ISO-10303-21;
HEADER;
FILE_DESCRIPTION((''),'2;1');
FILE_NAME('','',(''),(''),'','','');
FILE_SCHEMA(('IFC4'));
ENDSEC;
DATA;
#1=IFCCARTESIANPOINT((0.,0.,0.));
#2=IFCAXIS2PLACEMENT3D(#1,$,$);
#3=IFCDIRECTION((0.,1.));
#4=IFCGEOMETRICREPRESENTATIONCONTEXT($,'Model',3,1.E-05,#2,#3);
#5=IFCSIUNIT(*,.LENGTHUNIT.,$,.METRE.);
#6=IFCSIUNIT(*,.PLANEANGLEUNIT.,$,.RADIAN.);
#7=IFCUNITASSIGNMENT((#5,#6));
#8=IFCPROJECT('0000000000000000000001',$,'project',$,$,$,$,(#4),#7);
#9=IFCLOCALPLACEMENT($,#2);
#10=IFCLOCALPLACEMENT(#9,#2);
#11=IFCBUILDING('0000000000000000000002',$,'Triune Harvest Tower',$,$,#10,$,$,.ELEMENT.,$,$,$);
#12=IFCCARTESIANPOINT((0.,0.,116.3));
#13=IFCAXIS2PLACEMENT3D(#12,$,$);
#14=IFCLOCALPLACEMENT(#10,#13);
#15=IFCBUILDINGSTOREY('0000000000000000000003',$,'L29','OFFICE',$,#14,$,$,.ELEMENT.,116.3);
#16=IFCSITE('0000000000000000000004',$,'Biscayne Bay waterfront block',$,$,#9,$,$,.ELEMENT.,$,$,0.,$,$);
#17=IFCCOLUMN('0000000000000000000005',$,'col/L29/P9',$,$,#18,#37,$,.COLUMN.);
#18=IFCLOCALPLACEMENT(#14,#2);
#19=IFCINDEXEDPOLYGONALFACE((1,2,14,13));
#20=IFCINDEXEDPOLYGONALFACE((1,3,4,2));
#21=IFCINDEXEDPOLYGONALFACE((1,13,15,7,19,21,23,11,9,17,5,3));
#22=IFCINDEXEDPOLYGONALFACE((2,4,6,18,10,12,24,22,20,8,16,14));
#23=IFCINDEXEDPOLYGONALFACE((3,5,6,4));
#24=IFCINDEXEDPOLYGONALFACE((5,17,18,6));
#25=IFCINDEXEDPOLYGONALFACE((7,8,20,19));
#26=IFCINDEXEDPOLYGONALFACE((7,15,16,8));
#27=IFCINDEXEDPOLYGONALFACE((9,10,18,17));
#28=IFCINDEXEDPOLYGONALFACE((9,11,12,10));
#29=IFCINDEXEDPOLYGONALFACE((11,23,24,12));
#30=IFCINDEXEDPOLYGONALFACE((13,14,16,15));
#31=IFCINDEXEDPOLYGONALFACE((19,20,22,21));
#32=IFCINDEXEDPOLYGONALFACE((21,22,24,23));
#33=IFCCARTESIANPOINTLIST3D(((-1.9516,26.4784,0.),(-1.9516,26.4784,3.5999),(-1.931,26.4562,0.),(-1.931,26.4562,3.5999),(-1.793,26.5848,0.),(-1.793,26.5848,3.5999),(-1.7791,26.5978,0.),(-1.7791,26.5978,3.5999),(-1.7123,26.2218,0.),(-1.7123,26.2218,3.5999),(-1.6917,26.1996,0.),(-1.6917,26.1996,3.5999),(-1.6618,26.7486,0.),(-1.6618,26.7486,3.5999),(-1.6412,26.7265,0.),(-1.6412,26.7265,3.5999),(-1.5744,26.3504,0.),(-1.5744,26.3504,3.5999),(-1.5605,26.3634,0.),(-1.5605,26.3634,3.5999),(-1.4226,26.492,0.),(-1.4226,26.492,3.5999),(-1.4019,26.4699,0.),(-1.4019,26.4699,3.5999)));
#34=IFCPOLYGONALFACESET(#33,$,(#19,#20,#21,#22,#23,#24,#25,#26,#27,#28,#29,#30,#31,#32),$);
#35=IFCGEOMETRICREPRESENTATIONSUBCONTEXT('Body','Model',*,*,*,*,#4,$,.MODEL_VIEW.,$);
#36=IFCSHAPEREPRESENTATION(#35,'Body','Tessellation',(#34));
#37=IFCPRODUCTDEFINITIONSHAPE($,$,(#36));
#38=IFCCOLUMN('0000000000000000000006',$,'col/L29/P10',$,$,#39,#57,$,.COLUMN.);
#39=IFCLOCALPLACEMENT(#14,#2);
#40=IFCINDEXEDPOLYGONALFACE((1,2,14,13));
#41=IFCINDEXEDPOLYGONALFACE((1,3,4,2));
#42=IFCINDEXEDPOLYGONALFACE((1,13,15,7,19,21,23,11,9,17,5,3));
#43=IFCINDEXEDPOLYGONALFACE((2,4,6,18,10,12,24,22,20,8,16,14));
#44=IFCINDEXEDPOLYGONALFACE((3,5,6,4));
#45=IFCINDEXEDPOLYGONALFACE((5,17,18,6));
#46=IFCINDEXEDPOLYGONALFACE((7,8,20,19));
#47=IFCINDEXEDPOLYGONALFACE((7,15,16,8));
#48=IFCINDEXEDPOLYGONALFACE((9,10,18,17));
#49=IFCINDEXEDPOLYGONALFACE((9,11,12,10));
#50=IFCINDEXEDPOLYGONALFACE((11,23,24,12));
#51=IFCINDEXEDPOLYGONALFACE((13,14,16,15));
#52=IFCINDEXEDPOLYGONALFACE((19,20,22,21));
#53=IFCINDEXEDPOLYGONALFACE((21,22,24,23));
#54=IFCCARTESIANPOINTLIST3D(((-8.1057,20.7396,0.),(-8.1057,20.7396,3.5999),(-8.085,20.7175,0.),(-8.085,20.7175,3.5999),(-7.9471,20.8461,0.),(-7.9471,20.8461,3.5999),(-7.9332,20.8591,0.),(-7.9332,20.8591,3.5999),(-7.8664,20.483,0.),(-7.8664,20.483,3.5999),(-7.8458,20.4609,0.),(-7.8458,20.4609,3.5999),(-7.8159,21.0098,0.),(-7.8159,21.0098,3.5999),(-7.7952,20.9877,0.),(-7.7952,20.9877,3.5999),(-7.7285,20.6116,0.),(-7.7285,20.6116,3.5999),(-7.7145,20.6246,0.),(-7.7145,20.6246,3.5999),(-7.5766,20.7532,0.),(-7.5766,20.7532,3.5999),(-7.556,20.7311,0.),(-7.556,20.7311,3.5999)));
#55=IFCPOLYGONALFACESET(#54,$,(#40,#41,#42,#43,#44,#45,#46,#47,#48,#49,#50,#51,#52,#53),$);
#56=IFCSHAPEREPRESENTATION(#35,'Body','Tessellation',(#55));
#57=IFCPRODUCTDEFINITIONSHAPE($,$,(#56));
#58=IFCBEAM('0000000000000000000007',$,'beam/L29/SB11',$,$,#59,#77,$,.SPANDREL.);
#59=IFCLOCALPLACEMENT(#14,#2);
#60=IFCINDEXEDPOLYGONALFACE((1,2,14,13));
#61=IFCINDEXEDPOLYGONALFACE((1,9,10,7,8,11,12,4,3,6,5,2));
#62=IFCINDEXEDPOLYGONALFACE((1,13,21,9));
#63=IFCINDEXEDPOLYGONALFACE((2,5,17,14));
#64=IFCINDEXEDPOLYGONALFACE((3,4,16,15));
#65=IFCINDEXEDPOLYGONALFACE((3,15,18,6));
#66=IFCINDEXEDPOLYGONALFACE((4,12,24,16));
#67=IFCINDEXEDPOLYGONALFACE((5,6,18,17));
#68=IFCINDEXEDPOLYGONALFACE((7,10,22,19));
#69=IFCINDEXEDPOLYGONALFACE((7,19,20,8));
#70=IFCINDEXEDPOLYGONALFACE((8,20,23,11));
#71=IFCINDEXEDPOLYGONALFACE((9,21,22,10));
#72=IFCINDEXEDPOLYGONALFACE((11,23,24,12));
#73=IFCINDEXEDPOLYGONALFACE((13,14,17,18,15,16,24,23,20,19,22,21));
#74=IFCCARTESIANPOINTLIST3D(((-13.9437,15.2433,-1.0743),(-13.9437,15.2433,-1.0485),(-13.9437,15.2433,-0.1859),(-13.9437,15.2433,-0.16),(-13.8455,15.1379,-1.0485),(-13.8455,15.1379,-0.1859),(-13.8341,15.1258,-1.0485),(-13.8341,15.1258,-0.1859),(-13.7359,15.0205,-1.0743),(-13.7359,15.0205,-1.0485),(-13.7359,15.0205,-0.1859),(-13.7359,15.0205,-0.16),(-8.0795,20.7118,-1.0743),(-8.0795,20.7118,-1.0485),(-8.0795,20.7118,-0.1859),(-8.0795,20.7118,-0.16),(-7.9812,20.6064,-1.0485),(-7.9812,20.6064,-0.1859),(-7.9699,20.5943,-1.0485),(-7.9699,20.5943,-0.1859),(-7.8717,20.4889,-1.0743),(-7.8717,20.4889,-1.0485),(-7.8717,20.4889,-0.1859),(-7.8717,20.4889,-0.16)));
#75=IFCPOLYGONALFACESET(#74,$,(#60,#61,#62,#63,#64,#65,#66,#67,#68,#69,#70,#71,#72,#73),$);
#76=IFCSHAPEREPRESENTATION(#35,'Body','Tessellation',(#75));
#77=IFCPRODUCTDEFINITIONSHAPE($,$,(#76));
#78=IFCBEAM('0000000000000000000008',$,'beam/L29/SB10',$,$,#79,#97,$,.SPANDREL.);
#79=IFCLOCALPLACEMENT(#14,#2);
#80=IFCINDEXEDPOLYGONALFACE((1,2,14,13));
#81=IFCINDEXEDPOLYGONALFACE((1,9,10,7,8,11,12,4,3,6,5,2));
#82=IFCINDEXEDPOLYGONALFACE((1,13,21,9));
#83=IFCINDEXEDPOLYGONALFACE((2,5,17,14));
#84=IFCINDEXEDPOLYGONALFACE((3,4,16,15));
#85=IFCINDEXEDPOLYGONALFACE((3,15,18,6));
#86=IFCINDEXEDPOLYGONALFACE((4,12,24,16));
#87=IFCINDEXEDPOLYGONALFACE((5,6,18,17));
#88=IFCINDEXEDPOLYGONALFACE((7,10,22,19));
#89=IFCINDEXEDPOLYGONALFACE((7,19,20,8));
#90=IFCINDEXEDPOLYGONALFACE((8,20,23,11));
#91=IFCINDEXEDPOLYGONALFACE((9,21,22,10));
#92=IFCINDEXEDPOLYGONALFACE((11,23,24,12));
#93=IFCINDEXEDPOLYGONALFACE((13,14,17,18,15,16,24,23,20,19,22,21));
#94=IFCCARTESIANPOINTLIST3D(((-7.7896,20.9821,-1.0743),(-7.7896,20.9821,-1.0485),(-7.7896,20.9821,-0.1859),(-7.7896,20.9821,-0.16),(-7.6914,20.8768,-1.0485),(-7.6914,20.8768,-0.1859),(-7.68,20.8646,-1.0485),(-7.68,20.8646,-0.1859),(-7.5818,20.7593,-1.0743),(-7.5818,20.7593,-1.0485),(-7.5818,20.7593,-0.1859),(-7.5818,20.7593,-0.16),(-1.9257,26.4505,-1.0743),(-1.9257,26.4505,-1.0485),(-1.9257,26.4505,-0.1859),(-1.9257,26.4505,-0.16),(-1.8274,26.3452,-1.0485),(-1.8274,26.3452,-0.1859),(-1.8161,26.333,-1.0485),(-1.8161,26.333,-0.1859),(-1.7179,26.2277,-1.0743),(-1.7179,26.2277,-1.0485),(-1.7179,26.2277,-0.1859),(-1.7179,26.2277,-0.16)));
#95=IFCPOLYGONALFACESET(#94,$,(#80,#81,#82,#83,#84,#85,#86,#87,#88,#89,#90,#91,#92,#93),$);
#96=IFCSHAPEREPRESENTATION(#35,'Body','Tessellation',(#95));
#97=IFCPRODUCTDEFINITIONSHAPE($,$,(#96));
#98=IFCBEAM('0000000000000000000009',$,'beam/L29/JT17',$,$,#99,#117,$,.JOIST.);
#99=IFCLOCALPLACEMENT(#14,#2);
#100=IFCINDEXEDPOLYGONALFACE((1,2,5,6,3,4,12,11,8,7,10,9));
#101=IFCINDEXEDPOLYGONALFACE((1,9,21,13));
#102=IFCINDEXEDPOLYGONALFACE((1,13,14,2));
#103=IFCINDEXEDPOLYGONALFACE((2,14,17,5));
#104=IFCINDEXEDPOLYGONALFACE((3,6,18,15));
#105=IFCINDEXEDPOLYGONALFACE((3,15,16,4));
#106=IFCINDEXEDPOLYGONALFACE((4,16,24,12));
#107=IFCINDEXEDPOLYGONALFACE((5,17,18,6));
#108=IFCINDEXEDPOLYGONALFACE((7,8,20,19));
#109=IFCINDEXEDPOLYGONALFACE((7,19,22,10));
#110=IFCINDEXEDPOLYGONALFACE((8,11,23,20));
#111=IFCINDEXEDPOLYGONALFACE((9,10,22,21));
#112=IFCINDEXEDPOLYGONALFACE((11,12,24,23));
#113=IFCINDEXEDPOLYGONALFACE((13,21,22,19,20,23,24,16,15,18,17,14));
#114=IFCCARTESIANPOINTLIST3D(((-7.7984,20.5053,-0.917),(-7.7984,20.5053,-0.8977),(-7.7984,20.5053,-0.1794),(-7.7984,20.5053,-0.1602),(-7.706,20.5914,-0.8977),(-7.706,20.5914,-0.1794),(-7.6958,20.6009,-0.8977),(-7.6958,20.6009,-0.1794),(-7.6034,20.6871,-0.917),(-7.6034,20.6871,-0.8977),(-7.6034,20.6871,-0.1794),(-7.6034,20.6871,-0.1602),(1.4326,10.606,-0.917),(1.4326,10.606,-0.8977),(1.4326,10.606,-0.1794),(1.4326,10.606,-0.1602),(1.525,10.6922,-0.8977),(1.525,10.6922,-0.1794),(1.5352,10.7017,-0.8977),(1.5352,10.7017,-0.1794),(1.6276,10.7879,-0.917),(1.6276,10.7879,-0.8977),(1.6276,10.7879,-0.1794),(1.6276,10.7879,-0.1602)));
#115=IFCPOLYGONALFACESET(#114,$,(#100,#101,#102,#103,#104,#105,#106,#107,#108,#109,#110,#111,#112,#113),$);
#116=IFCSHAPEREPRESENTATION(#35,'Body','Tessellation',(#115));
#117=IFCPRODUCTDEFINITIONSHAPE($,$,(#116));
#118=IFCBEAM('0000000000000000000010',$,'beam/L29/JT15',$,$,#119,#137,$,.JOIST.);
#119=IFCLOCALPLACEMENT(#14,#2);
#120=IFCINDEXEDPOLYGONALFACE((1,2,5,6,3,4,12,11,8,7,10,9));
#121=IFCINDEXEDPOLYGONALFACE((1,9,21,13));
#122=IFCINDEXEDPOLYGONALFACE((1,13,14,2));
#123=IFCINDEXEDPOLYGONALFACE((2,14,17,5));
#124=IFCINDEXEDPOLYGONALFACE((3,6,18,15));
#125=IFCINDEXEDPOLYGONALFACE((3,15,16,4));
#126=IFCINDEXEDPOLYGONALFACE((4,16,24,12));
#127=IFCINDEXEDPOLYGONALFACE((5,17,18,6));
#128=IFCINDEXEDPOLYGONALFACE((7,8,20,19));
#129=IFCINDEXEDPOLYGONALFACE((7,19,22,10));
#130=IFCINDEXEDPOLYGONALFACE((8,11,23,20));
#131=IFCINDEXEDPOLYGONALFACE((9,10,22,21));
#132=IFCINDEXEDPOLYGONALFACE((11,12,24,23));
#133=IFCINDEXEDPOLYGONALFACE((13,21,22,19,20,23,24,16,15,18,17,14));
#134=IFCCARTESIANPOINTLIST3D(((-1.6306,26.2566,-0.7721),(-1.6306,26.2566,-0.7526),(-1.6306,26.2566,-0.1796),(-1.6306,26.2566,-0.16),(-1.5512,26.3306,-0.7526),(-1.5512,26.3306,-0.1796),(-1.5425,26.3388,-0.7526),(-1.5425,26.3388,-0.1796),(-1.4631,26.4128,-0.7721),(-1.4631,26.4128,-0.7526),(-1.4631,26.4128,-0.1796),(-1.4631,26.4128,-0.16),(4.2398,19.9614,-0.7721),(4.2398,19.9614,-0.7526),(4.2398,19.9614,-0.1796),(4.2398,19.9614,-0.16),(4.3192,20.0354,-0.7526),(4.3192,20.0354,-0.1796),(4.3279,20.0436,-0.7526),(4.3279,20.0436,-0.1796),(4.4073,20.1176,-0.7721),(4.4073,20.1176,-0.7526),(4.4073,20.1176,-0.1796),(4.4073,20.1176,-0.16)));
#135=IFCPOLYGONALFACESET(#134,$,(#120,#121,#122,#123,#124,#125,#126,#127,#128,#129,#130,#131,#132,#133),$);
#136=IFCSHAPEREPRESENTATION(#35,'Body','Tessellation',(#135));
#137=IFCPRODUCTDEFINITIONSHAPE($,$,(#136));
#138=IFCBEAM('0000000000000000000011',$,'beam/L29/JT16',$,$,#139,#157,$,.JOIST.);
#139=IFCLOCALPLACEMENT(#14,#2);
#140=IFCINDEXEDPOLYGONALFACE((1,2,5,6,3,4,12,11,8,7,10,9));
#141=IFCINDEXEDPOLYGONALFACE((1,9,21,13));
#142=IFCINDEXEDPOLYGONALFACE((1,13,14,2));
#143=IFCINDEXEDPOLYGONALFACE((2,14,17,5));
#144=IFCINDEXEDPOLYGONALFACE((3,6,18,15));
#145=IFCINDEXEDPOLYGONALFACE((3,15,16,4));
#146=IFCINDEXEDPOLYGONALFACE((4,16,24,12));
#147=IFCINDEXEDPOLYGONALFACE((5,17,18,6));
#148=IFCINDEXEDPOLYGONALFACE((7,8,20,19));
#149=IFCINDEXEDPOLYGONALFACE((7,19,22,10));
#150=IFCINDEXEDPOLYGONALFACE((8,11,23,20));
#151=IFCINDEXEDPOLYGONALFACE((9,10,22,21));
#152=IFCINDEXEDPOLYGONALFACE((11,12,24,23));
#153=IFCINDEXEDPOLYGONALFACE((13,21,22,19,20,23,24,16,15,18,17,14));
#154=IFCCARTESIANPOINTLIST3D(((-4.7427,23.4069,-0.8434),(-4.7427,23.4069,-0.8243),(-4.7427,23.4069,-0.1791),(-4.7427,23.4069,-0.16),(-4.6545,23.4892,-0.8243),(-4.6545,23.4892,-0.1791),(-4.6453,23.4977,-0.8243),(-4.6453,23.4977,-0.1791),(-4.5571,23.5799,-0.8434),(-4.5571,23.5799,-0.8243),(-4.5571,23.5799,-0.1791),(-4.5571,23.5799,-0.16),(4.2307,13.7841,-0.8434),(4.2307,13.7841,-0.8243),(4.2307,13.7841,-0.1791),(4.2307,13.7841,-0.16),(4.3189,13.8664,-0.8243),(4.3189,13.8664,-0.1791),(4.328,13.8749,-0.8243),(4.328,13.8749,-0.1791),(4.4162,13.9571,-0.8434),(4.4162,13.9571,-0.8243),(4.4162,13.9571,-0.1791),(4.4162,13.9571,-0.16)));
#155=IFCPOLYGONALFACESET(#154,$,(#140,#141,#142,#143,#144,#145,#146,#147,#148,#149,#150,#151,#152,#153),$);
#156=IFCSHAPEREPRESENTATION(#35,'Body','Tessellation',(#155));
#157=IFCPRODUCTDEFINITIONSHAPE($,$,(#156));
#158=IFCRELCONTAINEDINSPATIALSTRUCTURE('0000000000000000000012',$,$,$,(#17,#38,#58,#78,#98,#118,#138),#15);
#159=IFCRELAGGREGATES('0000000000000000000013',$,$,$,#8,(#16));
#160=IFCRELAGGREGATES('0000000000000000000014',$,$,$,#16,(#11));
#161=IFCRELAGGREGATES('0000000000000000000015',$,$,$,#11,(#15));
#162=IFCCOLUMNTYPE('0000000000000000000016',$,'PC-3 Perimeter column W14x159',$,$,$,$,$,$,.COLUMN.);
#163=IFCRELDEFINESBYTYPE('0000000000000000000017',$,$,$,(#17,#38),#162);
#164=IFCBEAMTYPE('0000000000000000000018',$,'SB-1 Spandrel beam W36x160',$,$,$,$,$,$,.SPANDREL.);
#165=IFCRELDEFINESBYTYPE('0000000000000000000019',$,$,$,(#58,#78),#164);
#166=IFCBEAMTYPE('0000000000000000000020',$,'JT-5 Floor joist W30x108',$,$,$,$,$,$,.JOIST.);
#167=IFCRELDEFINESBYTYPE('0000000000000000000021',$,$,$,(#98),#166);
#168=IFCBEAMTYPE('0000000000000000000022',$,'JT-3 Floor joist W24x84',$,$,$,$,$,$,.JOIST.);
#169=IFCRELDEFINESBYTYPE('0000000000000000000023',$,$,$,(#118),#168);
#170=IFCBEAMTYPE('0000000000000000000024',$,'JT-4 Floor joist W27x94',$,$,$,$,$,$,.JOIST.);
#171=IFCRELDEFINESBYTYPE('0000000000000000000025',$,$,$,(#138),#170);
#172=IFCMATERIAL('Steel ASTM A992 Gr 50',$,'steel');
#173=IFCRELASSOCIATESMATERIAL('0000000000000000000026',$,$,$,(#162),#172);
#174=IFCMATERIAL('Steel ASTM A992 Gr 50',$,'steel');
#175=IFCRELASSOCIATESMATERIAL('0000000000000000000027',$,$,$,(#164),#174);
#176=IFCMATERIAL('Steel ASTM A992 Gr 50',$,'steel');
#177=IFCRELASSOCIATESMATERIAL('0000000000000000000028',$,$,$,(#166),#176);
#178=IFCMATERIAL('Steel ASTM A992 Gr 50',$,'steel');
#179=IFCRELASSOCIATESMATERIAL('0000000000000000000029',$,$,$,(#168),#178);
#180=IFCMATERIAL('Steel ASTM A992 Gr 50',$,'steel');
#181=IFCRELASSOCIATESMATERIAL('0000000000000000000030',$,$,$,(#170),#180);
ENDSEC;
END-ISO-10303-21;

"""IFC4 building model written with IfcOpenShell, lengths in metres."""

from ifc_helpers import new_model, si_unit, direction, frame, origin, origin_2d, place, context, subcontext, project, spatial, i_section, extrude, source, transform, mapped, material, material_profile, profile_set, type_object, element, save


model = new_model("IFC4")

# Units and contexts
model_context = context("Model", 3, precision=1e-05, world=origin(), true_north=direction((0.0, 1.0)))
body_context = subcontext(model_context, "Body", "Model", "MODEL_VIEW")
ifc_project = project(units=[si_unit("LENGTHUNIT", "METRE"), si_unit("PLANEANGLEUNIT", "RADIAN")], contexts=[model_context])

# Site, building, storey
site_placement = place(None, origin())
site = spatial("IfcSite", under=ifc_project, at=site_placement, Name="Biscayne Bay waterfront block", CompositionType="ELEMENT", RefElevation=0.0)
building_placement = place(site_placement, origin())
building = spatial("IfcBuilding", under=site, at=building_placement, Name="Triune Harvest Tower", CompositionType="ELEMENT")
storey_placement = place(building_placement, frame((0.0, 0.0, 116.3)))
storey = spatial("IfcBuildingStorey", under=building, at=storey_placement, Name="L29", Description="OFFICE", CompositionType="ELEMENT", Elevation=116.3)

# Columns
ifc_material_1 = material(Name="Steel ASTM A992 Gr 50", Category="steel")
ifc_material_profile_1 = material_profile(ifc_material_1, i_section(OverallWidth=0.3962, OverallDepth=0.3811, WebThickness=0.019, FlangeThickness=0.0303, at=origin_2d()), Name="W14x159")
ifc_profile_set_1 = profile_set([ifc_material_profile_1], Name="Steel ASTM A992 Gr 50")
column_type = type_object("IfcColumnType", Name="PC-3 Perimeter column W14x159", PredefinedType="COLUMN", material=ifc_profile_set_1)
shared_shape_1 = source(origin(), body_context, "Body", "SweptSolid", [
    extrude(i_section(OverallWidth=0.3962, OverallDepth=0.3811, WebThickness=0.019, FlangeThickness=0.0303, at=origin_2d()), origin(), (0.0, 0.0, 1.0), 3.5999),
])
for number, where, z_axis, x_axis, name in (
    (1, (-1.6768, 26.4741, 0.0), (0.0, 0.0, 1.0), (-0.731355, -0.681997, 0.0), "col/L29/P9"),
    (2, (-7.8308, 20.7354, 0.0), (0.0, 0.0, 1.0), (-0.731355, -0.681997, 0.0), "col/L29/P10"),
):
    element("IfcColumn", number, at=place(storey_placement, frame(where, z_axis=z_axis, x_axis=x_axis)), inside=storey, type_object=column_type, Name=name, PredefinedType="COLUMN", context=body_context, shape_type="MappedRepresentation", body=[
        mapped(shared_shape_1, transform((0.0, 0.0, 0.0), scale=1.0)),
    ])

# Beams
ifc_material_2 = material(Name="Steel ASTM A992 Gr 50", Category="steel")
ifc_material_profile_2 = material_profile(ifc_material_2, i_section(OverallWidth=0.3047, OverallDepth=0.9143, WebThickness=0.0166, FlangeThickness=0.0259, at=origin_2d()), Name="W36x160")
ifc_profile_set_2 = profile_set([ifc_material_profile_2], Name="Steel ASTM A992 Gr 50")
beam_type_1 = type_object("IfcBeamType", Name="SB-1 Spandrel beam W36x160", PredefinedType="SPANDREL", material=ifc_profile_set_2)
shared_shape_2 = source(origin(), body_context, "Body", "SweptSolid", [
    extrude(i_section(OverallWidth=0.3047, OverallDepth=0.9143, WebThickness=0.0166, FlangeThickness=0.0259, at=origin_2d()), origin(), (0.0, 0.0, 1.0), 8.0183),
])
beam_1_placement = place(storey_placement, frame((-7.9756, 20.6003, -0.6172), z_axis=(-0.731354, -0.681998, 0.0), x_axis=(0.681998, -0.731354, 0.0)))
element("IfcBeam", 3, at=beam_1_placement, inside=storey, type_object=beam_type_1, Name="beam/L29/SB11", PredefinedType="SPANDREL", context=body_context, shape_type="MappedRepresentation", body=[
    mapped(shared_shape_2, transform((0.0, 0.0, 0.0), scale=1.0)),
])
shared_shape_3 = source(origin(), body_context, "Body", "SweptSolid", [
    extrude(i_section(OverallWidth=0.3047, OverallDepth=0.9143, WebThickness=0.0166, FlangeThickness=0.0259, at=origin_2d()), origin(), (0.0, 0.0, 1.0), 8.0181),
])
beam_2_placement = place(storey_placement, frame((-1.8218, 26.3391, -0.6172), z_axis=(-0.73134, -0.682013, 0.0), x_axis=(0.682013, -0.73134, 0.0)))
element("IfcBeam", 4, at=beam_2_placement, inside=storey, type_object=beam_type_1, Name="beam/L29/SB10", PredefinedType="SPANDREL", context=body_context, shape_type="MappedRepresentation", body=[
    mapped(shared_shape_3, transform((0.0, 0.0, 0.0), scale=1.0)),
])
ifc_material_3 = material(Name="Steel ASTM A992 Gr 50", Category="steel")
ifc_material_profile_3 = material_profile(ifc_material_3, i_section(OverallWidth=0.2666, OverallDepth=0.7568, WebThickness=0.0139, FlangeThickness=0.0193, at=origin_2d()), Name="W30x108")
ifc_profile_set_3 = profile_set([ifc_material_profile_3], Name="Steel ASTM A992 Gr 50")
beam_type_2 = type_object("IfcBeamType", Name="JT-5 Floor joist W30x108", PredefinedType="JOIST", material=ifc_profile_set_3)
shared_shape_4 = source(origin(), body_context, "Body", "SweptSolid", [
    extrude(i_section(OverallWidth=0.2666, OverallDepth=0.7568, WebThickness=0.0139, FlangeThickness=0.0193, at=origin_2d()), origin(), (0.0, 0.0, 1.0), 13.5354),
])
beam_3_placement = place(storey_placement, frame((-7.7009, 20.5962, -0.5386), z_axis=(0.681992, -0.73136, 0.0), x_axis=(0.73136, 0.681992, 0.0)))
element("IfcBeam", 5, at=beam_3_placement, inside=storey, type_object=beam_type_2, Name="beam/L29/JT17", PredefinedType="JOIST", context=body_context, shape_type="MappedRepresentation", body=[
    mapped(shared_shape_4, transform((0.0, 0.0, 0.0), scale=1.0)),
])
ifc_material_4 = material(Name="Steel ASTM A992 Gr 50", Category="steel")
ifc_material_profile_4 = material_profile(ifc_material_4, i_section(OverallWidth=0.229, OverallDepth=0.6121, WebThickness=0.012, FlangeThickness=0.0195, at=origin_2d()), Name="W24x84")
ifc_profile_set_4 = profile_set([ifc_material_profile_4], Name="Steel ASTM A992 Gr 50")
beam_type_3 = type_object("IfcBeamType", Name="JT-3 Floor joist W24x84", PredefinedType="JOIST", material=ifc_profile_set_4)
shared_shape_5 = source(origin(), body_context, "Body", "SweptSolid", [
    extrude(i_section(OverallWidth=0.229, OverallDepth=0.6121, WebThickness=0.012, FlangeThickness=0.0195, at=origin_2d()), origin(), (0.0, 0.0, 1.0), 8.6077),
])
beam_4_placement = place(storey_placement, frame((-1.5469, 26.3347, -0.4661), z_axis=(0.682, -0.731352, 0.0), x_axis=(0.731352, 0.682, 0.0)))
element("IfcBeam", 6, at=beam_4_placement, inside=storey, type_object=beam_type_3, Name="beam/L29/JT15", PredefinedType="JOIST", context=body_context, shape_type="MappedRepresentation", body=[
    mapped(shared_shape_5, transform((0.0, 0.0, 0.0), scale=1.0)),
])
ifc_material_5 = material(Name="Steel ASTM A992 Gr 50", Category="steel")
ifc_material_profile_5 = material_profile(ifc_material_5, i_section(OverallWidth=0.2537, OverallDepth=0.6833, WebThickness=0.0125, FlangeThickness=0.019, at=origin_2d()), Name="W27x94")
ifc_profile_set_5 = profile_set([ifc_material_profile_5], Name="Steel ASTM A992 Gr 50")
beam_type_4 = type_object("IfcBeamType", Name="JT-4 Floor joist W27x94", PredefinedType="JOIST", material=ifc_profile_set_5)
shared_shape_6 = source(origin(), body_context, "Body", "SweptSolid", [
    extrude(i_section(OverallWidth=0.2537, OverallDepth=0.6833, WebThickness=0.0125, FlangeThickness=0.019, at=origin_2d()), origin(), (0.0, 0.0, 1.0), 13.1575),
])
beam_5_placement = place(storey_placement, frame((-4.6499, 23.4934, -0.5017), z_axis=(0.681998, -0.731354, 0.0), x_axis=(0.731354, 0.681998, 0.0)))
element("IfcBeam", 7, at=beam_5_placement, inside=storey, type_object=beam_type_4, Name="beam/L29/JT16", PredefinedType="JOIST", context=body_context, shape_type="MappedRepresentation", body=[
    mapped(shared_shape_6, transform((0.0, 0.0, 0.0), scale=1.0)),
])

save(model, "model.ifc")
